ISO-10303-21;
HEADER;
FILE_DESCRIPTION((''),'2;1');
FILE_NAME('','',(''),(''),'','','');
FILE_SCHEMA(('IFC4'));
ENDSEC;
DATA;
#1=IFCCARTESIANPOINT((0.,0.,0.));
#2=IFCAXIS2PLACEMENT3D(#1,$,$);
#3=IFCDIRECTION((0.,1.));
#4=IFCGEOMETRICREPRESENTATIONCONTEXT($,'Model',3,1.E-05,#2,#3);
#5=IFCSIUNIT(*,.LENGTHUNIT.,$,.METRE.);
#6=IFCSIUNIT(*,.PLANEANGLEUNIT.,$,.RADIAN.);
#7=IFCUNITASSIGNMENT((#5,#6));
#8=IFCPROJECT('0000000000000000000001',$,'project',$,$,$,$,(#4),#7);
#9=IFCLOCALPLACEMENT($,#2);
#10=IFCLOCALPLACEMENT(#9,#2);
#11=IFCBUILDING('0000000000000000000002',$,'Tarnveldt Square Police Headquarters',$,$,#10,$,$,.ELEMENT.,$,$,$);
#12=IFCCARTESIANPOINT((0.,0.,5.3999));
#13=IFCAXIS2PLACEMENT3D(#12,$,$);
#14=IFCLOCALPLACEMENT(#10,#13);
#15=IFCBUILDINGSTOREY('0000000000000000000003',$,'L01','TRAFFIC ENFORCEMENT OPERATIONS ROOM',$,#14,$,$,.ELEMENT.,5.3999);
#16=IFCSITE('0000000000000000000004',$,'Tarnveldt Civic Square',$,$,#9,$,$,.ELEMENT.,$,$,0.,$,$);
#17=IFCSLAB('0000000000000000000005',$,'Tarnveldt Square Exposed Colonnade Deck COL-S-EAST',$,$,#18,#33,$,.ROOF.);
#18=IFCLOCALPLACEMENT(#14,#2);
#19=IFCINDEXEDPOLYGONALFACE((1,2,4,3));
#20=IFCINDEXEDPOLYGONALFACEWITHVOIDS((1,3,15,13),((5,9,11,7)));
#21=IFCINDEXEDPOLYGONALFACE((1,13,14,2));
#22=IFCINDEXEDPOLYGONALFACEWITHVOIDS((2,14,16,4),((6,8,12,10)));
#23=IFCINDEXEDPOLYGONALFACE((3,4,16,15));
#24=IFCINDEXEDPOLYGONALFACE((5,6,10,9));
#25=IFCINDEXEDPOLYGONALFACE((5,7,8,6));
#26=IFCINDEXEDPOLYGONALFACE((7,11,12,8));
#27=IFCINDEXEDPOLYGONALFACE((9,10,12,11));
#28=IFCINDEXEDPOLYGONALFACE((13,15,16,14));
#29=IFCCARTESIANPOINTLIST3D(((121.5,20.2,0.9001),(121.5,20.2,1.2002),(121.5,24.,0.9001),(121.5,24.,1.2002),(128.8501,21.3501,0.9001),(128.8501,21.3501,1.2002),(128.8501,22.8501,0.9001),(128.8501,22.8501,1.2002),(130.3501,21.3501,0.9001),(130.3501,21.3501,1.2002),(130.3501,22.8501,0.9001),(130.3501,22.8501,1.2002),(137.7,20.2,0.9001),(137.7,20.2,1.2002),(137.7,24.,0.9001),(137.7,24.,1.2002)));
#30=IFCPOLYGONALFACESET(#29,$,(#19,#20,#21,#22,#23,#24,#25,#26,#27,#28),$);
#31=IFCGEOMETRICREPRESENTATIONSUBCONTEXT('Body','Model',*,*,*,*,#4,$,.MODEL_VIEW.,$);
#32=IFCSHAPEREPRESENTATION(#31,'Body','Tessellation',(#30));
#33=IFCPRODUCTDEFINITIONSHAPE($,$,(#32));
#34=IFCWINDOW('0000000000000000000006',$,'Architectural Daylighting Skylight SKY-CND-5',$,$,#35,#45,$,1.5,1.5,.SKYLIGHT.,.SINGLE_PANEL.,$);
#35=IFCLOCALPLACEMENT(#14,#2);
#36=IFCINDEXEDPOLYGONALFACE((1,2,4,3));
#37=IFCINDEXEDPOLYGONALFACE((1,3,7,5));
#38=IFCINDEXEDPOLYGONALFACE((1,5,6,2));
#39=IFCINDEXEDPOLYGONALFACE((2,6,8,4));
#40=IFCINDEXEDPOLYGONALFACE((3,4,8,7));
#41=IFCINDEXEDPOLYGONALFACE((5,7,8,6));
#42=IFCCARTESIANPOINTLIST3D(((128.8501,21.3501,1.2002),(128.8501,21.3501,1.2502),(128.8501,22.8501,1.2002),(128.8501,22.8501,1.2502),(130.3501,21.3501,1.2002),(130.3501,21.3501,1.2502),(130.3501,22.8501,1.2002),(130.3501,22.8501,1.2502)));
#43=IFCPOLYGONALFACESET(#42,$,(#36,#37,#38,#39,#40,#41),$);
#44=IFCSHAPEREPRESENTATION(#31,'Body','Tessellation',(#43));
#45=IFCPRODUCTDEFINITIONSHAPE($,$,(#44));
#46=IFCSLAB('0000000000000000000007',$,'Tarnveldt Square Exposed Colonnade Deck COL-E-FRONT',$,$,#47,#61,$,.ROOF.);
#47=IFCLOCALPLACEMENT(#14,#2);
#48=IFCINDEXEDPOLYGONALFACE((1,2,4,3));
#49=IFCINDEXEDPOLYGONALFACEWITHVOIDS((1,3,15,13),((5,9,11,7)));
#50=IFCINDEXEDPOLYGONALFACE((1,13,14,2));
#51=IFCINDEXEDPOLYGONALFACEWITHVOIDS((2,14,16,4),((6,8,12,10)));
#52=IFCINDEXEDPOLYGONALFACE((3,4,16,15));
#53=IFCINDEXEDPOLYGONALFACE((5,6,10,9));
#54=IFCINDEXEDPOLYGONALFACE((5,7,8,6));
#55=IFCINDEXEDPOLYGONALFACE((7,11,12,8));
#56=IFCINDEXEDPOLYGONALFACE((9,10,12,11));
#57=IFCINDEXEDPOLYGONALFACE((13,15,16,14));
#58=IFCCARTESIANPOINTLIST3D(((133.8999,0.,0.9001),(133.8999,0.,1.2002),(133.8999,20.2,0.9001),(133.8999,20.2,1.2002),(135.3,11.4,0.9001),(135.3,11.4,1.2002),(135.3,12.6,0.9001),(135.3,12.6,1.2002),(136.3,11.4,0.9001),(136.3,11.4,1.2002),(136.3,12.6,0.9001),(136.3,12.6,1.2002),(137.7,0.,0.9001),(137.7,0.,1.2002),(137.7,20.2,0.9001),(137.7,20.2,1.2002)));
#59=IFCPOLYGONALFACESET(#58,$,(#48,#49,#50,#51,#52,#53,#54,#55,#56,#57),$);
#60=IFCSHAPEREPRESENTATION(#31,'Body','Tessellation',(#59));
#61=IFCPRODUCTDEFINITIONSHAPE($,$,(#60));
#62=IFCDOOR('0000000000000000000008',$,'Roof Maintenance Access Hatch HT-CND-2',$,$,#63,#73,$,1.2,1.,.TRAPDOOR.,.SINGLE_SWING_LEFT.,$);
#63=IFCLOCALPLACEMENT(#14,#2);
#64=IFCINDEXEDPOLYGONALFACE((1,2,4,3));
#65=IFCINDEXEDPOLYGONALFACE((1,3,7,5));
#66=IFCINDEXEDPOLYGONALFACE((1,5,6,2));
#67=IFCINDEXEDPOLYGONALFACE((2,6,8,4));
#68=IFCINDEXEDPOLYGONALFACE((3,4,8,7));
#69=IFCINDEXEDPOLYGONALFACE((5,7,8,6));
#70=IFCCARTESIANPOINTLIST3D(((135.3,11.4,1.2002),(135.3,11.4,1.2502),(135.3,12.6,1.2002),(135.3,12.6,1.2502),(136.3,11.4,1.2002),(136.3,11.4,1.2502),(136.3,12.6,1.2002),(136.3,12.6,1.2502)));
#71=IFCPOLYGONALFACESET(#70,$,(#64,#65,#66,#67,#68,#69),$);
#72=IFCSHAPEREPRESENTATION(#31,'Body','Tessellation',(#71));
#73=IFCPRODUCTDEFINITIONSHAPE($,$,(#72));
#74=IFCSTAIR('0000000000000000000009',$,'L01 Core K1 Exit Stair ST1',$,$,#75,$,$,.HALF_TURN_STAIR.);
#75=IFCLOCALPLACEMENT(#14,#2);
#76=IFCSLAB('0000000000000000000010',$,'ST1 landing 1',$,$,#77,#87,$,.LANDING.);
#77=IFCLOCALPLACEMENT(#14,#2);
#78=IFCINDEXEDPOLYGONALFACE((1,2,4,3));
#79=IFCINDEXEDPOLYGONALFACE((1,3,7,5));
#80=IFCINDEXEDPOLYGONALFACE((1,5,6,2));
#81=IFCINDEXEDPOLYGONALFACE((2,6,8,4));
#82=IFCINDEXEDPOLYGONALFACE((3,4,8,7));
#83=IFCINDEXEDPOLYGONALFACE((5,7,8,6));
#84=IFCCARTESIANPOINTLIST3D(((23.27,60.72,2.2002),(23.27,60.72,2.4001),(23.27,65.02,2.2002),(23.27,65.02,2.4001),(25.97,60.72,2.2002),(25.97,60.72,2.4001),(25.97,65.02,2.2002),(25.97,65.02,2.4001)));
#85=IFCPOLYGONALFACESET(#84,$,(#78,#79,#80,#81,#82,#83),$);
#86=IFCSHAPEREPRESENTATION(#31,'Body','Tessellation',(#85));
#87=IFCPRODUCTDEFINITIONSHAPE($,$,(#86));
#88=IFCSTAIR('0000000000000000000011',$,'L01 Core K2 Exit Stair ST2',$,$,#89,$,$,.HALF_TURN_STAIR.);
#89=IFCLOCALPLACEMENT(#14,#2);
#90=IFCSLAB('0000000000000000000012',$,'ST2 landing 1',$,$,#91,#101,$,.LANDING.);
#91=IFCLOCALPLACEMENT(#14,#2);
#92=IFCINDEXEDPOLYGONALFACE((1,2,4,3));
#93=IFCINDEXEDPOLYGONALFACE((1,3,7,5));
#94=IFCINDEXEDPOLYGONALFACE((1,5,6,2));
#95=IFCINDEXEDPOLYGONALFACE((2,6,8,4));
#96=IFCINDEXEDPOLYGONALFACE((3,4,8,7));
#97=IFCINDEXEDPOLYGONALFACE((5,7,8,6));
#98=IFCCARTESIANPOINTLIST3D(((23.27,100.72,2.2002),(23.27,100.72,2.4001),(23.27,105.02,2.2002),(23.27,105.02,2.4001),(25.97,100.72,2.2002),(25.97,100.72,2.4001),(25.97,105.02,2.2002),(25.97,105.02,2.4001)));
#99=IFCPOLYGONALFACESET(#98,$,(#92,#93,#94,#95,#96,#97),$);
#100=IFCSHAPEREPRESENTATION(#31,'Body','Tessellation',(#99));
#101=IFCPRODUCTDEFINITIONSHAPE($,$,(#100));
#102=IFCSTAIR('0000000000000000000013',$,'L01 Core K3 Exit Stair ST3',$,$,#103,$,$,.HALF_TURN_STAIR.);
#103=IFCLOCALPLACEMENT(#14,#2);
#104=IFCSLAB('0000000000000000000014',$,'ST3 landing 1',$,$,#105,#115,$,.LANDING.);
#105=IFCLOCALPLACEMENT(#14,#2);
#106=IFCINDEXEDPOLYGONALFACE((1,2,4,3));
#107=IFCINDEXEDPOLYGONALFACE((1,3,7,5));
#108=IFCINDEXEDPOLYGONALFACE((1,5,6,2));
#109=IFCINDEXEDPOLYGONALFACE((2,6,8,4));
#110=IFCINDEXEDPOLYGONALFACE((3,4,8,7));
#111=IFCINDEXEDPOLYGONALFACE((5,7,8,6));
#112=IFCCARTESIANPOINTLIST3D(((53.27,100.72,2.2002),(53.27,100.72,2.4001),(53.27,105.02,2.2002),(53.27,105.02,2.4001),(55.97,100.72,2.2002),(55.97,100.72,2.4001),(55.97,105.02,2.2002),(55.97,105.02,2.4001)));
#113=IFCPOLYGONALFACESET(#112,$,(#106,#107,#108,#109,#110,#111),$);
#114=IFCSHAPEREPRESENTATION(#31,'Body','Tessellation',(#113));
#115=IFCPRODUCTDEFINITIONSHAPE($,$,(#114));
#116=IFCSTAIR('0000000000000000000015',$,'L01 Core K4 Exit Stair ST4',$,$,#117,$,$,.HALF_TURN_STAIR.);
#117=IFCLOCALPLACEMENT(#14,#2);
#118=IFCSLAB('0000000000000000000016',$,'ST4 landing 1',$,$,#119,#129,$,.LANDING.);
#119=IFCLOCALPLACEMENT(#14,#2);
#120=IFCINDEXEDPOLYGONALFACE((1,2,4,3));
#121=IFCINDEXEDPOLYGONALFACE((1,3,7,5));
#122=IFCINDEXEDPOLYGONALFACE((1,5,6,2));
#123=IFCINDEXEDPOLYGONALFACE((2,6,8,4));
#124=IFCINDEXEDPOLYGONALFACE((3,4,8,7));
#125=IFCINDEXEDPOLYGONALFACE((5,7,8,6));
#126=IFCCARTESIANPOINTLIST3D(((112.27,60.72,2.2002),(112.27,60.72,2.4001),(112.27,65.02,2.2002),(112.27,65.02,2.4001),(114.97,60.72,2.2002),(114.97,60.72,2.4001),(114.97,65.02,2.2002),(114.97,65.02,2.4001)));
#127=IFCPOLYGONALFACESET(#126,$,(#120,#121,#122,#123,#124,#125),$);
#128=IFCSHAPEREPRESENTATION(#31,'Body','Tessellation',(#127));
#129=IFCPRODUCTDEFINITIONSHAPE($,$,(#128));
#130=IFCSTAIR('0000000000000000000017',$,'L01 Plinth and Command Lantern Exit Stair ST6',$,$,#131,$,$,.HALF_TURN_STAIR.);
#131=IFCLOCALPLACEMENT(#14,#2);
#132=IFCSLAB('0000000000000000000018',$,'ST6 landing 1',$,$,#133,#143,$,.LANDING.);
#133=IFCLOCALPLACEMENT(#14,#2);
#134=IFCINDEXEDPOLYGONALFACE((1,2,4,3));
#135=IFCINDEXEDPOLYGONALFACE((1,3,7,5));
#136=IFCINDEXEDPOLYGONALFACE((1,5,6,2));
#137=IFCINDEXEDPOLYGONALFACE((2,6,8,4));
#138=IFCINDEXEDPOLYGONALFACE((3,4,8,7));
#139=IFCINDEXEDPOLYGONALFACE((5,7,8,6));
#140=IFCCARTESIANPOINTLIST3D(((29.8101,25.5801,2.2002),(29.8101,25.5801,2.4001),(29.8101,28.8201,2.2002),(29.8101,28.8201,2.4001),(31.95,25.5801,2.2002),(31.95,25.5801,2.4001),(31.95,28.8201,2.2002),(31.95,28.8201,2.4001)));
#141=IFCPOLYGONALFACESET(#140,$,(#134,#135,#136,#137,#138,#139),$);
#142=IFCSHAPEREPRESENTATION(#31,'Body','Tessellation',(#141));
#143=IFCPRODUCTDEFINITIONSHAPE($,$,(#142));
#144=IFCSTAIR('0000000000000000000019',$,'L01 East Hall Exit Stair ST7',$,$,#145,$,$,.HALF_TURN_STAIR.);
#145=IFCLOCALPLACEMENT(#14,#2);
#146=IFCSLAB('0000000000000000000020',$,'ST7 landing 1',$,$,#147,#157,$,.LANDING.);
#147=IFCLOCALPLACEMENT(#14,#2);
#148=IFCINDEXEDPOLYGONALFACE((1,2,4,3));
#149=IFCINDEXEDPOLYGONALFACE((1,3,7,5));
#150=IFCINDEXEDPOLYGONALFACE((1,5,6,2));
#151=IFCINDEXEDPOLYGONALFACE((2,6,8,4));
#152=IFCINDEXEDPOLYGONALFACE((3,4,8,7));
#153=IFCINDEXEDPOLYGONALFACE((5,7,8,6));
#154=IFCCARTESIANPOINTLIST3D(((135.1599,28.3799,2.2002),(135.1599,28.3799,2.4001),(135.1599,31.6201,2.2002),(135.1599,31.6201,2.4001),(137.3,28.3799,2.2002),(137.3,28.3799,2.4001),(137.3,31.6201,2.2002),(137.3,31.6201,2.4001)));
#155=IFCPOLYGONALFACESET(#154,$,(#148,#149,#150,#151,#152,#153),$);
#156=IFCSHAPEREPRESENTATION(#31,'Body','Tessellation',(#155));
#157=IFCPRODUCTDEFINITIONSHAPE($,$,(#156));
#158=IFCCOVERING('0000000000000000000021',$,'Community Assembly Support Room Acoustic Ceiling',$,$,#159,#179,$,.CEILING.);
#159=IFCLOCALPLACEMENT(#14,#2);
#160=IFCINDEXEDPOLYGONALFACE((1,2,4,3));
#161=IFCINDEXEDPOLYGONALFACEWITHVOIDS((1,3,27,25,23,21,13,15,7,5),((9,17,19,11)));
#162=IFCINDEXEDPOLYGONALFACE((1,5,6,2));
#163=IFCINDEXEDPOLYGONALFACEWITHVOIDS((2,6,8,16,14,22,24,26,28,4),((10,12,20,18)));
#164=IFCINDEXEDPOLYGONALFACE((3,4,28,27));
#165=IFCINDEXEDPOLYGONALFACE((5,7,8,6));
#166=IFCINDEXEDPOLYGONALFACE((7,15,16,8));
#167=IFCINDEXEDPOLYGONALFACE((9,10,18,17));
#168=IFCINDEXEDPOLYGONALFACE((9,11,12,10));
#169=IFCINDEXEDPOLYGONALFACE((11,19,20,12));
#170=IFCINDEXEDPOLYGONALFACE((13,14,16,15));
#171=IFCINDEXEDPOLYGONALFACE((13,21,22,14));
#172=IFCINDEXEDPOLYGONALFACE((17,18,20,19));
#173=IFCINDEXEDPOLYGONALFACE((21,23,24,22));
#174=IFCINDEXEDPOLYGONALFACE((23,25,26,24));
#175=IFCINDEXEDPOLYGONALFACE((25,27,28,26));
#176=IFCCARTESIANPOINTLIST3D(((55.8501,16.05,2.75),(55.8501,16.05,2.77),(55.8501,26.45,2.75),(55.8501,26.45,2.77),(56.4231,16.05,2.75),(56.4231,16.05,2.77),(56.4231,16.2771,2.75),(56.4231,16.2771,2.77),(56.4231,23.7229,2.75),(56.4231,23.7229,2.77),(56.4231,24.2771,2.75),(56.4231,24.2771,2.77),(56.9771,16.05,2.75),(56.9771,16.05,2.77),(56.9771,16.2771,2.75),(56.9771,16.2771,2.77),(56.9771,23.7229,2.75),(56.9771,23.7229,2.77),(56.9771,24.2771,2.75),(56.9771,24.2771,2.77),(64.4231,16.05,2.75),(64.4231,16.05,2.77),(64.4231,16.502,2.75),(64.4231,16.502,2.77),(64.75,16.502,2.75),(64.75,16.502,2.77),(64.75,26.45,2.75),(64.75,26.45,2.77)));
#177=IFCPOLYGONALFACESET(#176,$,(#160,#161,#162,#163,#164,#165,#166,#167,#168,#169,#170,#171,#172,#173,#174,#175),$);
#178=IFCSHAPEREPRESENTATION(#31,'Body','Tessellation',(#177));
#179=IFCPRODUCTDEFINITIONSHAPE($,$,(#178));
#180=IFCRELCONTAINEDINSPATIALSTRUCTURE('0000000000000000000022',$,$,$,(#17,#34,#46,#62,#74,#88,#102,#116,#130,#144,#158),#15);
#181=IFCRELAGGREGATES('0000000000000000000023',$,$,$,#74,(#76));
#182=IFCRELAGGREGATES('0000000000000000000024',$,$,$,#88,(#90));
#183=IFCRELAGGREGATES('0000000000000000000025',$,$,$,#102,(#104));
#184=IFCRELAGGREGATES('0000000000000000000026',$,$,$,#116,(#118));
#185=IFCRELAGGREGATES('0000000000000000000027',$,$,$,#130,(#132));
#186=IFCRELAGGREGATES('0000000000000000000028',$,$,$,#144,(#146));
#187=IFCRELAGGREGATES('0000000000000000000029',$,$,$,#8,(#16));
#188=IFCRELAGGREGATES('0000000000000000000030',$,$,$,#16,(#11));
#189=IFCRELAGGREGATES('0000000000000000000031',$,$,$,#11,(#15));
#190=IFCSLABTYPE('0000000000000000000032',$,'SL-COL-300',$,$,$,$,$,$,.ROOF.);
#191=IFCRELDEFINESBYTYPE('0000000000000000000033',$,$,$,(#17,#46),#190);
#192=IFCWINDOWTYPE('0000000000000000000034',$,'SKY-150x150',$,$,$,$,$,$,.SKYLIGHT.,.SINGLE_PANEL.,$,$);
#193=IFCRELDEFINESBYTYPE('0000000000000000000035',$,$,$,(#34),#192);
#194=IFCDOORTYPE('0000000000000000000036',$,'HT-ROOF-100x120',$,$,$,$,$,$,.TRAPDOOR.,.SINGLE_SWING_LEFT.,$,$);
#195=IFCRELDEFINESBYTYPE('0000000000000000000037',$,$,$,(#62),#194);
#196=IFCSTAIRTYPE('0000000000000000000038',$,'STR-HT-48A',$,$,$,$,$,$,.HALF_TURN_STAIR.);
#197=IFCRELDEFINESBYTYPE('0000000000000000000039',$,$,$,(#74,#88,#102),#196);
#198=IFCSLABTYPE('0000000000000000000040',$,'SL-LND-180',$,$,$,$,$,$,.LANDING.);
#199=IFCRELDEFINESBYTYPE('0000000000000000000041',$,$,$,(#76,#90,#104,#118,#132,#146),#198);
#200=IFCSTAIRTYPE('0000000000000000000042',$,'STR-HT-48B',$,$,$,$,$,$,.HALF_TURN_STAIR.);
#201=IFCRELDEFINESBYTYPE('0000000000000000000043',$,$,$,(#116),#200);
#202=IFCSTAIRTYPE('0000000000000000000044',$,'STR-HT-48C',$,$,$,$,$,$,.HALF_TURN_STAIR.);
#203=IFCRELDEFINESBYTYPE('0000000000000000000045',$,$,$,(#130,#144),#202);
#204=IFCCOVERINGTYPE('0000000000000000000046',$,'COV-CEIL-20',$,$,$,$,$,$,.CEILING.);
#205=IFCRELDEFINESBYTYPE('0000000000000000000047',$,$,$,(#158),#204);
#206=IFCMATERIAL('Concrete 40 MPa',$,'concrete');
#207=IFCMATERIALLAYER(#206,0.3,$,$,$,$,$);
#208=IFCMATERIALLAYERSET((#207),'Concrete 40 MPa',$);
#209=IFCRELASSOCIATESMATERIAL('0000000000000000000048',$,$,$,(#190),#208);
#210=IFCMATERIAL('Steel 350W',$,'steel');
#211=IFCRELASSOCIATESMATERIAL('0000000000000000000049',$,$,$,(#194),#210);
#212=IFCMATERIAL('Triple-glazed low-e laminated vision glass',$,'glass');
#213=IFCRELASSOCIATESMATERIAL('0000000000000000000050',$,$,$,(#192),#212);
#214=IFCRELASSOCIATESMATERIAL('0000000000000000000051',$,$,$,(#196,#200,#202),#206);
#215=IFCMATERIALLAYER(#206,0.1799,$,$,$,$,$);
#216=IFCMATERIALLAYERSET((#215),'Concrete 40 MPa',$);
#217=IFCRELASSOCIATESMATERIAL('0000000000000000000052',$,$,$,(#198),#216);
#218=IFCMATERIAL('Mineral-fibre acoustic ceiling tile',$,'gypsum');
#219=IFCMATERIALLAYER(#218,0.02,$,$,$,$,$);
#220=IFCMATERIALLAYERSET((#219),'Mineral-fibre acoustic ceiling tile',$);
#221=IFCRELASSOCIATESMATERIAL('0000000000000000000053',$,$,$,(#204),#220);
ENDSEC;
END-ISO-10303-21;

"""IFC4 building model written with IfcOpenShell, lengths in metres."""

from ifc_helpers import new_model, si_unit, direction, frame, origin, origin_2d, place, context, subcontext, project, spatial, polyline, rectangle, outline, extrude, material, layer, layer_set, type_object, element, fill, aggregate, save


model = new_model("IFC4")

# Units and contexts
model_context = context("Model", 3, precision=1e-05, world=origin(), true_north=direction((0.0, 1.0)))
body_context = subcontext(model_context, "Body", "Model", "MODEL_VIEW")
ifc_project = project(units=[si_unit("LENGTHUNIT", "METRE"), si_unit("PLANEANGLEUNIT", "RADIAN")], contexts=[model_context])

# Site, building, storey
site_placement = place(None, origin())
site = spatial("IfcSite", under=ifc_project, at=site_placement, Name="Tarnveldt Civic Square", CompositionType="ELEMENT", RefElevation=0.0)
building_placement = place(site_placement, origin())
building = spatial("IfcBuilding", under=site, at=building_placement, Name="Tarnveldt Square Police Headquarters", CompositionType="ELEMENT")
storey_placement = place(building_placement, frame((0.0, 0.0, 5.3999)))
storey = spatial("IfcBuildingStorey", under=building, at=storey_placement, Name="L01", Description="TRAFFIC ENFORCEMENT OPERATIONS ROOM", CompositionType="ELEMENT", Elevation=5.3999)

# Shared definitions
ifc_material_1 = material(Name="Concrete 40 MPa", Category="concrete")

# Shared definitions
ifc_layer_1 = layer(ifc_material_1, 0.3)
ifc_layer_set_1 = layer_set([ifc_layer_1], Name="Concrete 40 MPa")
slab_type_1 = type_object("IfcSlabType", Name="SL-COL-300", PredefinedType="ROOF", material=ifc_layer_set_1)
ifc_material_2 = material(Name="Steel 350W", Category="steel")
door_type = type_object("IfcDoorType", Name="HT-ROOF-100x120", OperationType="SINGLE_SWING_LEFT", PredefinedType="TRAPDOOR", material=ifc_material_2)
ifc_material_3 = material(Name="Triple-glazed low-e laminated vision glass", Category="glass")

# Slab, opening, window
slab_1_placement = place(storey_placement, frame((0.0, 0.0, 0.9001)))
slab_1 = element("IfcSlab", 1, at=slab_1_placement, inside=storey, type_object=slab_type_1, Name="Tarnveldt Square Exposed Colonnade Deck COL-S-EAST", PredefinedType="ROOF", context=body_context, shape_type="SweptSolid", body=[
    extrude(outline(polyline([(121.5, 24.0), (137.7, 24.0), (137.7, 20.2), (121.5, 20.2), (121.5, 22.0), (121.5, 24.0)])), origin(), (0.0, 0.0, 1.0), 0.3),
])
opening_1_placement = place(slab_1_placement, frame((129.6001, 22.1001, 0.0)))
opening_1 = element("IfcOpeningElement", 2, at=opening_1_placement, cuts=slab_1, PredefinedType="OPENING", context=body_context, shape_type="SweptSolid", body=[
    extrude(rectangle(XDim=1.5, YDim=1.5, at=origin_2d()), frame((0.0, 0.0, -0.01)), (0.0, 0.0, 1.0), 0.3801),
])
window_type_1 = type_object("IfcWindowType", Name="SKY-150x150", PartitioningType="SINGLE_PANEL", PredefinedType="SKYLIGHT", material=ifc_material_3)
window_1_placement = place(opening_1_placement, frame((0.0, 0.0, 0.3)))
window_1 = element("IfcWindow", 3, at=window_1_placement, inside=storey, type_object=window_type_1, Name="Architectural Daylighting Skylight SKY-CND-5", OverallHeight=1.5, OverallWidth=1.5, PartitioningType="SINGLE_PANEL", PredefinedType="SKYLIGHT", context=body_context, shape_type="SweptSolid", body=[
    extrude(rectangle(XDim=1.5, YDim=1.5, at=origin_2d()), origin(), (0.0, 0.0, 1.0), 0.05),
])
fill(opening_1, window_1)

# Slab, opening, door
slab_2_placement = place(storey_placement, frame((0.0, 0.0, 0.9001)))
slab_2 = element("IfcSlab", 4, at=slab_2_placement, inside=storey, type_object=slab_type_1, Name="Tarnveldt Square Exposed Colonnade Deck COL-E-FRONT", PredefinedType="ROOF", context=body_context, shape_type="SweptSolid", body=[
    extrude(outline(polyline([(137.7, 0.0), (133.8999, 0.0), (133.8999, 20.2), (137.7, 20.2), (137.7, 0.0)])), origin(), (0.0, 0.0, 1.0), 0.3),
])
opening_2_placement = place(slab_2_placement, frame((135.8, 12.0, 0.0)))
opening_2 = element("IfcOpeningElement", 5, at=opening_2_placement, cuts=slab_2, PredefinedType="OPENING", context=body_context, shape_type="SweptSolid", body=[
    extrude(rectangle(XDim=1.0, YDim=1.2, at=origin_2d()), frame((0.0, 0.0, -0.01)), (0.0, 0.0, 1.0), 0.3801),
])
door_1_placement = place(opening_2_placement, frame((0.0, 0.0, 0.3)))
door_1 = element("IfcDoor", 6, at=door_1_placement, inside=storey, type_object=door_type, Name="Roof Maintenance Access Hatch HT-CND-2", OperationType="SINGLE_SWING_LEFT", OverallHeight=1.2, OverallWidth=1.0, PredefinedType="TRAPDOOR", context=body_context, shape_type="SweptSolid", body=[
    extrude(rectangle(XDim=1.0, YDim=1.2, at=origin_2d()), origin(), (0.0, 0.0, 1.0), 0.05),
])
fill(opening_2, door_1)

# Stairs, slabs
stair_type_1 = type_object("IfcStairType", Name="STR-HT-48A", PredefinedType="HALF_TURN_STAIR", material=ifc_material_1)
stair_1_placement = place(storey_placement, origin())
stair_1 = element("IfcStair", 7, at=stair_1_placement, inside=storey, type_object=stair_type_1, Name="L01 Core K1 Exit Stair ST1", PredefinedType="HALF_TURN_STAIR")
ifc_layer_2 = layer(ifc_material_1, 0.1799)
ifc_layer_set_2 = layer_set([ifc_layer_2], Name="Concrete 40 MPa")
slab_type_2 = type_object("IfcSlabType", Name="SL-LND-180", PredefinedType="LANDING", material=ifc_layer_set_2)
slab_3_placement = place(storey_placement, frame((0.0, 0.0, 2.2002)))
slab_3 = element("IfcSlab", 8, at=slab_3_placement, type_object=slab_type_2, Name="ST1 landing 1", PredefinedType="LANDING", context=body_context, shape_type="SweptSolid", body=[
    extrude(outline(polyline([(23.27, 60.72), (25.97, 60.72), (25.97, 65.02), (23.27, 65.02), (23.27, 60.72)])), origin(), (0.0, 0.0, 1.0), 0.2),
])
aggregate(stair_1, [slab_3])
stair_2_placement = place(storey_placement, origin())
stair_2 = element("IfcStair", 9, at=stair_2_placement, inside=storey, type_object=stair_type_1, Name="L01 Core K2 Exit Stair ST2", PredefinedType="HALF_TURN_STAIR")
slab_4_placement = place(storey_placement, frame((0.0, 0.0, 2.2002)))
slab_4 = element("IfcSlab", 10, at=slab_4_placement, type_object=slab_type_2, Name="ST2 landing 1", PredefinedType="LANDING", context=body_context, shape_type="SweptSolid", body=[
    extrude(outline(polyline([(23.27, 100.72), (25.97, 100.72), (25.97, 105.02), (23.27, 105.02), (23.27, 100.72)])), origin(), (0.0, 0.0, 1.0), 0.2),
])
aggregate(stair_2, [slab_4])
stair_3_placement = place(storey_placement, origin())
stair_3 = element("IfcStair", 11, at=stair_3_placement, inside=storey, type_object=stair_type_1, Name="L01 Core K3 Exit Stair ST3", PredefinedType="HALF_TURN_STAIR")
slab_5_placement = place(storey_placement, frame((0.0, 0.0, 2.2002)))
slab_5 = element("IfcSlab", 12, at=slab_5_placement, type_object=slab_type_2, Name="ST3 landing 1", PredefinedType="LANDING", context=body_context, shape_type="SweptSolid", body=[
    extrude(outline(polyline([(53.27, 100.72), (55.97, 100.72), (55.97, 105.02), (53.27, 105.02), (53.27, 100.72)])), origin(), (0.0, 0.0, 1.0), 0.2),
])
aggregate(stair_3, [slab_5])
stair_type_2 = type_object("IfcStairType", Name="STR-HT-48B", PredefinedType="HALF_TURN_STAIR", material=ifc_material_1)
stair_4_placement = place(storey_placement, origin())
stair_4 = element("IfcStair", 13, at=stair_4_placement, inside=storey, type_object=stair_type_2, Name="L01 Core K4 Exit Stair ST4", PredefinedType="HALF_TURN_STAIR")
slab_6_placement = place(storey_placement, frame((0.0, 0.0, 2.2002)))
slab_6 = element("IfcSlab", 14, at=slab_6_placement, type_object=slab_type_2, Name="ST4 landing 1", PredefinedType="LANDING", context=body_context, shape_type="SweptSolid", body=[
    extrude(outline(polyline([(112.27, 60.72), (114.97, 60.72), (114.97, 65.02), (112.27, 65.02), (112.27, 60.72)])), origin(), (0.0, 0.0, 1.0), 0.2),
])
aggregate(stair_4, [slab_6])
stair_type_3 = type_object("IfcStairType", Name="STR-HT-48C", PredefinedType="HALF_TURN_STAIR", material=ifc_material_1)
stair_5_placement = place(storey_placement, origin())
stair_5 = element("IfcStair", 15, at=stair_5_placement, inside=storey, type_object=stair_type_3, Name="L01 Plinth and Command Lantern Exit Stair ST6", PredefinedType="HALF_TURN_STAIR")
slab_7_placement = place(storey_placement, frame((0.0, 0.0, 2.2002)))
slab_7 = element("IfcSlab", 16, at=slab_7_placement, type_object=slab_type_2, Name="ST6 landing 1", PredefinedType="LANDING", context=body_context, shape_type="SweptSolid", body=[
    extrude(outline(polyline([(29.8101, 25.5801), (31.95, 25.5801), (31.95, 28.8201), (29.8101, 28.8201), (29.8101, 25.5801)])), origin(), (0.0, 0.0, 1.0), 0.2),
])
aggregate(stair_5, [slab_7])
stair_6_placement = place(storey_placement, origin())
stair_6 = element("IfcStair", 17, at=stair_6_placement, inside=storey, type_object=stair_type_3, Name="L01 East Hall Exit Stair ST7", PredefinedType="HALF_TURN_STAIR")
slab_8_placement = place(storey_placement, frame((0.0, 0.0, 2.2002)))
slab_8 = element("IfcSlab", 18, at=slab_8_placement, type_object=slab_type_2, Name="ST7 landing 1", PredefinedType="LANDING", context=body_context, shape_type="SweptSolid", body=[
    extrude(outline(polyline([(135.1599, 28.3799), (137.3, 28.3799), (137.3, 31.6201), (135.1599, 31.6201), (135.1599, 28.3799)])), origin(), (0.0, 0.0, 1.0), 0.2),
])
aggregate(stair_6, [slab_8])

# Covering
ifc_material_4 = material(Name="Mineral-fibre acoustic ceiling tile", Category="gypsum")
ifc_layer_3 = layer(ifc_material_4, 0.02)
ifc_layer_set_3 = layer_set([ifc_layer_3], Name="Mineral-fibre acoustic ceiling tile")
covering_type_1 = type_object("IfcCoveringType", Name="COV-CEIL-20", PredefinedType="CEILING", material=ifc_layer_set_3)
covering_1_placement = place(storey_placement, frame((0.0, 0.0, 2.75)))
element("IfcCovering", 19, at=covering_1_placement, inside=storey, type_object=covering_type_1, Name="Community Assembly Support Room Acoustic Ceiling", PredefinedType="CEILING", context=body_context, shape_type="SweptSolid", body=[
    extrude(outline(polyline([(55.8501, 16.05), (55.8501, 26.45), (64.75, 26.45), (64.75, 16.502), (64.4231, 16.502), (64.4231, 16.05), (56.9771, 16.05), (56.9771, 16.2771), (56.4231, 16.2771), (56.4231, 16.05), (55.8501, 16.05)]), holes=[polyline([(56.4231, 24.2771), (56.4231, 23.7229), (56.9771, 23.7229), (56.9771, 24.2771), (56.4231, 24.2771)])]), origin(), (0.0, 0.0, 1.0), 0.02),
])

save(model, "model.ifc")
